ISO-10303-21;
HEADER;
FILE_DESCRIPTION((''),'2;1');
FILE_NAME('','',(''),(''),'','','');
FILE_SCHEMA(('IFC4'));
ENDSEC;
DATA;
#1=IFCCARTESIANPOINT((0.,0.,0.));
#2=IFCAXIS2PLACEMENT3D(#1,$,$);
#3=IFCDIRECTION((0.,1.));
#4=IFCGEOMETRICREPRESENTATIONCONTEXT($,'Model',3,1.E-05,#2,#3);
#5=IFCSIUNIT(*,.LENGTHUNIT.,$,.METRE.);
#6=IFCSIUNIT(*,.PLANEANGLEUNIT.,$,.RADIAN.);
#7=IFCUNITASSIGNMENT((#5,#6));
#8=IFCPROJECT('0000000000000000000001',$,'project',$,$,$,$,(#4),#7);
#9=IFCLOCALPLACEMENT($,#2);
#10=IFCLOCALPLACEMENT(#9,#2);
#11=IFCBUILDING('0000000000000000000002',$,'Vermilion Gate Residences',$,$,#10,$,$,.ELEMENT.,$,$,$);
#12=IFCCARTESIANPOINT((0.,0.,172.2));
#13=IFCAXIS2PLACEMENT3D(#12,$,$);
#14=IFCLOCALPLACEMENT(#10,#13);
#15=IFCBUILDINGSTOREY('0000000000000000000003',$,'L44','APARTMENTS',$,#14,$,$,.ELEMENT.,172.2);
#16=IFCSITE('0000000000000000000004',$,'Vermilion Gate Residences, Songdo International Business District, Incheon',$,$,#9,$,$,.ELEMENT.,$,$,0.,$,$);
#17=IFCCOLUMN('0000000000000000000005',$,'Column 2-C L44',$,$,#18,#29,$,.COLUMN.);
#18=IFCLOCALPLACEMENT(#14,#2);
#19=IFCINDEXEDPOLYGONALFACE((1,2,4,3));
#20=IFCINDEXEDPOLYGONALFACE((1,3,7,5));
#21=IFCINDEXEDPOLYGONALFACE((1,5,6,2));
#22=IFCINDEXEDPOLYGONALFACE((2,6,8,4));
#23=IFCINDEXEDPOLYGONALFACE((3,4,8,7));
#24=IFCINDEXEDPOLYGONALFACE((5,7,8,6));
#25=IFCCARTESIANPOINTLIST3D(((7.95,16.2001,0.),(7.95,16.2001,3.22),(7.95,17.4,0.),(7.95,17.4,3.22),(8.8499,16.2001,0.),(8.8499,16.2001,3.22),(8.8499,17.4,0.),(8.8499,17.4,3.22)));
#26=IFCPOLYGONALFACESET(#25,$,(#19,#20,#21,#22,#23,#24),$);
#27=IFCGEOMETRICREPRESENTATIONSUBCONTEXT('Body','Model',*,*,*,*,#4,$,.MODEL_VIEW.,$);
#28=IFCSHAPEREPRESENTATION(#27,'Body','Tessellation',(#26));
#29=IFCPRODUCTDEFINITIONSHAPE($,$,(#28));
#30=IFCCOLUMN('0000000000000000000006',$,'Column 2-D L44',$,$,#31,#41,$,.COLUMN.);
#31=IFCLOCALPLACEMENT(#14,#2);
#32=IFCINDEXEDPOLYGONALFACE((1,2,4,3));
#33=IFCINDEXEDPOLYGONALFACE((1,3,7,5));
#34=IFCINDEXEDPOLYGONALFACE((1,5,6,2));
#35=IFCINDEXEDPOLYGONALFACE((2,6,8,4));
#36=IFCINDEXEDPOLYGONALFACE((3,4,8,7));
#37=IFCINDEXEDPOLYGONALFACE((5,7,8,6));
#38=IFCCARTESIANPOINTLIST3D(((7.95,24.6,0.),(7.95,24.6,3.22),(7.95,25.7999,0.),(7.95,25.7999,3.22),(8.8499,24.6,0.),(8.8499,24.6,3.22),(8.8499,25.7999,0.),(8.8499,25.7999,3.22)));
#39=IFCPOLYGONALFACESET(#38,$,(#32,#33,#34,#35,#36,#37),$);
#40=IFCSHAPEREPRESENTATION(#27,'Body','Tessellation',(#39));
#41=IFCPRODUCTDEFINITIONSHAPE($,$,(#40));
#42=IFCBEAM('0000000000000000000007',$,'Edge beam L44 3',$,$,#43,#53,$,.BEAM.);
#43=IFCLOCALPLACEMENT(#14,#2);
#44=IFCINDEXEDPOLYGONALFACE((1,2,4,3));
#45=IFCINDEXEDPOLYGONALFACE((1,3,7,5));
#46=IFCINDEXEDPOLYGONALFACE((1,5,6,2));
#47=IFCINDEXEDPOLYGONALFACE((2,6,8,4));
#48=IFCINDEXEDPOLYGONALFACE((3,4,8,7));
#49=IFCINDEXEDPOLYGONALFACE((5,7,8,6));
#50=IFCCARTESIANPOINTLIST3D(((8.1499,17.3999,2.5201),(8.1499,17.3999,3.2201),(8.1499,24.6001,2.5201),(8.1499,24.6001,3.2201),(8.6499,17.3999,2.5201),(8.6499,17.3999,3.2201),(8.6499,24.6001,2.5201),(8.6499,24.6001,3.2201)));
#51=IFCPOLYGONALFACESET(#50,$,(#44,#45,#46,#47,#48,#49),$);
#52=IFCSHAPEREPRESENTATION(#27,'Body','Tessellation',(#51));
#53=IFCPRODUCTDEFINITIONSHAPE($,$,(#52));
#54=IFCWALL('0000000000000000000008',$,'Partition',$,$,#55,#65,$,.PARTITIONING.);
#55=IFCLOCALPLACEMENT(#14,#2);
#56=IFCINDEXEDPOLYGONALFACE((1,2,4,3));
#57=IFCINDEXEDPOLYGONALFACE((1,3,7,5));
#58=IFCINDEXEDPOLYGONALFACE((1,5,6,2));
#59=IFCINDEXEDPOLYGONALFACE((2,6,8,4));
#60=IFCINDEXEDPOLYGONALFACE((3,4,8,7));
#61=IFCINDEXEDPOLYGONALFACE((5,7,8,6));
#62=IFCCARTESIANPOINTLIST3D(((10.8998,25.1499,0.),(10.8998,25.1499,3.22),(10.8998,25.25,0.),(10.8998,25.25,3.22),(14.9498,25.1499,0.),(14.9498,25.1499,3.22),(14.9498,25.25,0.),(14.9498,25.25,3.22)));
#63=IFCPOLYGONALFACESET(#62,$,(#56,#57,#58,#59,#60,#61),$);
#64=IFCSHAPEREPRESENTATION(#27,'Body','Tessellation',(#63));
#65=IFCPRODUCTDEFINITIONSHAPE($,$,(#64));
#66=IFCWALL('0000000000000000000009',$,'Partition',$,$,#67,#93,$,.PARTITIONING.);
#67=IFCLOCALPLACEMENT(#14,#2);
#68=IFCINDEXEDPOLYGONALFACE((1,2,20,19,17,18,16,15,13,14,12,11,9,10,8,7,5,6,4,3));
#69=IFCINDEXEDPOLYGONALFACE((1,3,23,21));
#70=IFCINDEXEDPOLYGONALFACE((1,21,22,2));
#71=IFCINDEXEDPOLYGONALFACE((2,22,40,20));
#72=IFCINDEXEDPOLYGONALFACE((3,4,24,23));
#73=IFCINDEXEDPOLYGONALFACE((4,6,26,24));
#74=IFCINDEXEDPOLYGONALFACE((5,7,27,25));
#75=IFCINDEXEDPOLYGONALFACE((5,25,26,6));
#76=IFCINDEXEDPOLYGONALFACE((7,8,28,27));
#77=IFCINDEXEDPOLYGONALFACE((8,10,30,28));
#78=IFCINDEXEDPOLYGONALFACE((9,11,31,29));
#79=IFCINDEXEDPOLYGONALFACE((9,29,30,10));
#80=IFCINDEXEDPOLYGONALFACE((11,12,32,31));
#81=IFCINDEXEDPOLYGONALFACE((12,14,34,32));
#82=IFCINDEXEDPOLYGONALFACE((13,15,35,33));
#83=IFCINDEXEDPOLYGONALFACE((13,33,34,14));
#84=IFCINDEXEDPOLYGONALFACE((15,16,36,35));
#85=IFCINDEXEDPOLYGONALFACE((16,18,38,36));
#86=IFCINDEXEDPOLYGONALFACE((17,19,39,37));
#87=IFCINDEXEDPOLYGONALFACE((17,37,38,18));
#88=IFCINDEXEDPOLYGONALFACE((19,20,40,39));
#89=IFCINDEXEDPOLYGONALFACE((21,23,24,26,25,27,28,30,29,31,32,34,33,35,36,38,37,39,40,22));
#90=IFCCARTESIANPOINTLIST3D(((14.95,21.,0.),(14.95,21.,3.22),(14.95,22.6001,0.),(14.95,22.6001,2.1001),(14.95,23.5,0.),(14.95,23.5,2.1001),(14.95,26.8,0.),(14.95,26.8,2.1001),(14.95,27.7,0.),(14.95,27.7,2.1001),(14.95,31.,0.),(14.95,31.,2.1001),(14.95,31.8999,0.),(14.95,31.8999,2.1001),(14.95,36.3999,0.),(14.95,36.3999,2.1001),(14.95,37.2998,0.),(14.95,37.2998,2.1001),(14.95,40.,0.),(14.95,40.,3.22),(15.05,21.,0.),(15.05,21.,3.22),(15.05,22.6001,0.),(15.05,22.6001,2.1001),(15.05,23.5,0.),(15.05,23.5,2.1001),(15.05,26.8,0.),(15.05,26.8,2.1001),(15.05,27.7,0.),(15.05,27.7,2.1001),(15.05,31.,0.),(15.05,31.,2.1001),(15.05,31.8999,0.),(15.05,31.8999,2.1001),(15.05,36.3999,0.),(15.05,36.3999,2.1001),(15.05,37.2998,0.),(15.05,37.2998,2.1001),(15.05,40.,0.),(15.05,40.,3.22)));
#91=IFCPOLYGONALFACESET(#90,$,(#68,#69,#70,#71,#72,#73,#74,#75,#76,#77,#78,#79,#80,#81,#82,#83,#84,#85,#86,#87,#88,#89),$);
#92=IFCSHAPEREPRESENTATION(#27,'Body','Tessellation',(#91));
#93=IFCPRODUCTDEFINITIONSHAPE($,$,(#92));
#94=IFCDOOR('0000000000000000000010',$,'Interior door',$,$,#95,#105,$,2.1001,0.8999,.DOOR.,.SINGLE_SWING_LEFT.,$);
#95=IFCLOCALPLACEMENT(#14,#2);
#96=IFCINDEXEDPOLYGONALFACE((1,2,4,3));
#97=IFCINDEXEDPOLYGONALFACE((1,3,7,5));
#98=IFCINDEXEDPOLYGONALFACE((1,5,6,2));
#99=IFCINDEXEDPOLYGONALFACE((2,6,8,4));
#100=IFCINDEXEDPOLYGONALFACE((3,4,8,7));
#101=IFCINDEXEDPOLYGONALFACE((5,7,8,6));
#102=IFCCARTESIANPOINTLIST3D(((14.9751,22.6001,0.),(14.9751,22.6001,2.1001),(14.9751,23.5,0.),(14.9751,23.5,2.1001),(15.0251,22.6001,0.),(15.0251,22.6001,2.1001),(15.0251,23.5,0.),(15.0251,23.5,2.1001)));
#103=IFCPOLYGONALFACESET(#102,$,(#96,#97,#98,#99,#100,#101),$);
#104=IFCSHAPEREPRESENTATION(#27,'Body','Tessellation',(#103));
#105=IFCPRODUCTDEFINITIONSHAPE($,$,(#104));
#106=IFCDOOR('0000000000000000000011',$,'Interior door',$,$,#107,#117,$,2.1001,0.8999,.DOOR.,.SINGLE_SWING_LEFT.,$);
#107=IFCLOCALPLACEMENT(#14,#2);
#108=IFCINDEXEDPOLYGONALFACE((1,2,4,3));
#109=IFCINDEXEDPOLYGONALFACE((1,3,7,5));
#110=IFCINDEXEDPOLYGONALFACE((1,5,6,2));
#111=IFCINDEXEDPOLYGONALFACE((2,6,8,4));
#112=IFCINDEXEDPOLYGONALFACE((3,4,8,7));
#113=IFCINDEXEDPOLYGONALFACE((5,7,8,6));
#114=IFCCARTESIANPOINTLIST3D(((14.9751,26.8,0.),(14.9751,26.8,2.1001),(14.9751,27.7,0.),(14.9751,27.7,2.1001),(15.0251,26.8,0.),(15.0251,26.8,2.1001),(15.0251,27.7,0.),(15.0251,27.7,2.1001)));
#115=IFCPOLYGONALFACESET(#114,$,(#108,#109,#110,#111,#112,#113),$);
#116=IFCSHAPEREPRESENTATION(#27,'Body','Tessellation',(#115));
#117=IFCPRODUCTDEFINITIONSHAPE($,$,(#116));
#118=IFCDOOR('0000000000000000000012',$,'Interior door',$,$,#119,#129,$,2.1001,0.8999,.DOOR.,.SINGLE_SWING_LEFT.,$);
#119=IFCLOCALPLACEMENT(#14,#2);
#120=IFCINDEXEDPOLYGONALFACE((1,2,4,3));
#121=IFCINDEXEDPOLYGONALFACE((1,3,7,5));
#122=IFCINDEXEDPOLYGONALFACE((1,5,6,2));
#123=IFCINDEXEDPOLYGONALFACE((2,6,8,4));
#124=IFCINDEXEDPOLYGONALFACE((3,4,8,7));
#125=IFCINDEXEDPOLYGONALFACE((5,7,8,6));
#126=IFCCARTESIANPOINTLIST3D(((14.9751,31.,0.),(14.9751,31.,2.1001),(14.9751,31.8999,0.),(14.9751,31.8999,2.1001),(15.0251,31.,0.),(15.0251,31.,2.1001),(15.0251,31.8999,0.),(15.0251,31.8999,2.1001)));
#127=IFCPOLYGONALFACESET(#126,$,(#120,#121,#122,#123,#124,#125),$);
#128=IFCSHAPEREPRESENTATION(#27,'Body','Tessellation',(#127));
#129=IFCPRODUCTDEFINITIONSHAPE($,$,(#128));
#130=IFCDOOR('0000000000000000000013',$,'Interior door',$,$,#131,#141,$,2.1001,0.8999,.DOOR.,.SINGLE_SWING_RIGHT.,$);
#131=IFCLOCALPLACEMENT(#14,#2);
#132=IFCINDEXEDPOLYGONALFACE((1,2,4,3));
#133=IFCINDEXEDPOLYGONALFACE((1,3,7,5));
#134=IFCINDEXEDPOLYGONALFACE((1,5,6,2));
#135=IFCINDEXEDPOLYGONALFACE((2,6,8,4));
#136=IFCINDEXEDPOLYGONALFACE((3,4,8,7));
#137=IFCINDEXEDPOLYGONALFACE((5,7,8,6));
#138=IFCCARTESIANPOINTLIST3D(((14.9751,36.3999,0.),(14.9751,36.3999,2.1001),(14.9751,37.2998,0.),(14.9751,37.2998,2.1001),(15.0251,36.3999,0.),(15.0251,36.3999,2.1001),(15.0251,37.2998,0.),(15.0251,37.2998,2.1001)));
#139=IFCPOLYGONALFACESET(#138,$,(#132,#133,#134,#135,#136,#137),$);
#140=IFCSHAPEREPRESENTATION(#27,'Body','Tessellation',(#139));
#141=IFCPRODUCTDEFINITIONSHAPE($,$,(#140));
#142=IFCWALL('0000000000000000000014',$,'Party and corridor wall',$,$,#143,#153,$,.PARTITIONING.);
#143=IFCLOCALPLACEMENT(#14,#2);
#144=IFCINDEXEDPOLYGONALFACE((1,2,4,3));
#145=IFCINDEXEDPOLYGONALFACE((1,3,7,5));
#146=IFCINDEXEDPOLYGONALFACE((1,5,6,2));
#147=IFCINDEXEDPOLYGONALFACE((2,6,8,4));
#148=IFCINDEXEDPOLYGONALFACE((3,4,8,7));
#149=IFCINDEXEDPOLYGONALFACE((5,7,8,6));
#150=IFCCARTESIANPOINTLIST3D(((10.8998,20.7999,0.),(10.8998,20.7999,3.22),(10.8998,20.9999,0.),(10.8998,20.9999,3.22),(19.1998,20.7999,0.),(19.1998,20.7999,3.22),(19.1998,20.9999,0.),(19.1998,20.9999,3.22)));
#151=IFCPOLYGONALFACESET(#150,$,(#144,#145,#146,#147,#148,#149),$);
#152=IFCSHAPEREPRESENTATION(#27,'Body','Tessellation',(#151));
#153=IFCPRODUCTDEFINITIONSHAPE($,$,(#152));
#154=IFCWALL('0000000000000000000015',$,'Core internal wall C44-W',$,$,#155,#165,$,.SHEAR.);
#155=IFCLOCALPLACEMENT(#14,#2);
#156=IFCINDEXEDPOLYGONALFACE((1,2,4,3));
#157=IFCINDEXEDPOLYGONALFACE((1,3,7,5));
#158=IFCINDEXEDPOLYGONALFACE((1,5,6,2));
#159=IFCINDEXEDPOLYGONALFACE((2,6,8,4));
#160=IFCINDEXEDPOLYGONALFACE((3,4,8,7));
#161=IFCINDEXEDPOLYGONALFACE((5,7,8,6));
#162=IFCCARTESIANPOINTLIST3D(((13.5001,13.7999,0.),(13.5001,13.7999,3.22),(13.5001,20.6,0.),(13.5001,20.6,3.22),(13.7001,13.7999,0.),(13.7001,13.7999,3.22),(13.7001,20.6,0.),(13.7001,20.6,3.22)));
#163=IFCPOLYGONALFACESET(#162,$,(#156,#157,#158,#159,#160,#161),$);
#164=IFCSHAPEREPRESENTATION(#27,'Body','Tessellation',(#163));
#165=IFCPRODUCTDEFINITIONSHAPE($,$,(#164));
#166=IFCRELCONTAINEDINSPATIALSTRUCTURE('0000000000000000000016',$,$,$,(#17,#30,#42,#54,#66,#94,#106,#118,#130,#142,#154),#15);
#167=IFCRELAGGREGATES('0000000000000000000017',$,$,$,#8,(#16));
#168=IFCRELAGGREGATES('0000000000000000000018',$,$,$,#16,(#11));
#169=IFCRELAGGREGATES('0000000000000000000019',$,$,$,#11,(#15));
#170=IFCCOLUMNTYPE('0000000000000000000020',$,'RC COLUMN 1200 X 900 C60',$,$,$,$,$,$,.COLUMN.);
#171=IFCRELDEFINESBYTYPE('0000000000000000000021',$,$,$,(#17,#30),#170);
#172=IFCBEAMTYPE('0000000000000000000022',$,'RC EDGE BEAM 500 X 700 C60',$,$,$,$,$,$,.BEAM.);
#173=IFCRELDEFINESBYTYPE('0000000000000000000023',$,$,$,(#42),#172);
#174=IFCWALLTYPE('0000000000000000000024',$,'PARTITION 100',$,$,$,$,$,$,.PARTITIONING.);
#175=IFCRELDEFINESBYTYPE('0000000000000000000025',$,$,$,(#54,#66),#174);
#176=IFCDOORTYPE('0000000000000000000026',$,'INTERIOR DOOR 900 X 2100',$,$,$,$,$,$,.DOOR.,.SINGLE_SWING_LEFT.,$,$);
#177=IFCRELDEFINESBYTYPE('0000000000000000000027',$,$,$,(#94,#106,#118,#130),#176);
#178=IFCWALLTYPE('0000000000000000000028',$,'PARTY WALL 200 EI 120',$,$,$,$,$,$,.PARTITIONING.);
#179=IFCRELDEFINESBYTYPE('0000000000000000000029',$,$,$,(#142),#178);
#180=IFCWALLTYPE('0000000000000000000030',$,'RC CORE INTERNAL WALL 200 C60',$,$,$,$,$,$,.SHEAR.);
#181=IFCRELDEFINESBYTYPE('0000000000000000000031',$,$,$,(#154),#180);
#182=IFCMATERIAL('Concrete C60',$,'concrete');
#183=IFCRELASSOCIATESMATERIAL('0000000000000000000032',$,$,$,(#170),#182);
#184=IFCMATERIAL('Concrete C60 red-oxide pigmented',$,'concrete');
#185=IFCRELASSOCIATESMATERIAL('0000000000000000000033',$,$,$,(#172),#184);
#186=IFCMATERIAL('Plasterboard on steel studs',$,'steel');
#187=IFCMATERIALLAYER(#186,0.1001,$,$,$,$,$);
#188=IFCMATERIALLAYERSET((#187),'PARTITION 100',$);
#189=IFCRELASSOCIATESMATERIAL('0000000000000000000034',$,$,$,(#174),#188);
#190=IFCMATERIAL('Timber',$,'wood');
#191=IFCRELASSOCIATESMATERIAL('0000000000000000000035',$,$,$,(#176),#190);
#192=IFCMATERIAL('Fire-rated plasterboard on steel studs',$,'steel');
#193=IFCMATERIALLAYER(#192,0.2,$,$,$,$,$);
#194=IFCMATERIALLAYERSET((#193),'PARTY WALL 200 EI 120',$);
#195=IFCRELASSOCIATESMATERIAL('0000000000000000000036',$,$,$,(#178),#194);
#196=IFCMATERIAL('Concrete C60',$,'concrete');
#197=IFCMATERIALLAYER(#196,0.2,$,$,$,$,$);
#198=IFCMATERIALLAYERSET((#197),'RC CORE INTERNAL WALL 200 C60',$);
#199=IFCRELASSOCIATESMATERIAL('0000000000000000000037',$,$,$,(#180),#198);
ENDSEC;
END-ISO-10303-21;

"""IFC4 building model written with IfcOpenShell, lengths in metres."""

from ifc_helpers import new_model, si_unit, direction, frame, frame_2d, origin, origin_2d, place, context, subcontext, project, spatial, rectangle, extrude, material, layer, layer_set, material_profile, profile_set, type_object, element, fill, save


model = new_model("IFC4")

# Units and contexts
model_context = context("Model", 3, precision=1e-05, world=origin(), true_north=direction((0.0, 1.0)))
body_context = subcontext(model_context, "Body", "Model", "MODEL_VIEW")
ifc_project = project(units=[si_unit("LENGTHUNIT", "METRE"), si_unit("PLANEANGLEUNIT", "RADIAN")], contexts=[model_context])

# Site, building, storey
site_placement = place(None, origin())
site = spatial("IfcSite", under=ifc_project, at=site_placement, Name="Vermilion Gate Residences, Songdo International Business District, Incheon", CompositionType="ELEMENT", RefElevation=0.0)
building_placement = place(site_placement, origin())
building = spatial("IfcBuilding", under=site, at=building_placement, Name="Vermilion Gate Residences", CompositionType="ELEMENT")
storey_placement = place(building_placement, frame((0.0, 0.0, 172.2)))
storey = spatial("IfcBuildingStorey", under=building, at=storey_placement, Name="L44", Description="APARTMENTS", CompositionType="ELEMENT", Elevation=172.2)

# Columns
ifc_material_1 = material(Name="Concrete C60", Category="concrete")
ifc_material_profile_1 = material_profile(ifc_material_1, rectangle(XDim=1.2, YDim=0.8999, at=origin_2d()), Name="RC-1200x900")
ifc_profile_set_1 = profile_set([ifc_material_profile_1], Name="Concrete C60")
column_type = type_object("IfcColumnType", Name="RC COLUMN 1200 X 900 C60", PredefinedType="COLUMN", material=ifc_profile_set_1)
for number, where, z_axis, x_axis, name in (
    (1, (8.3999, 16.8, 0.0), (0.0, 0.0, 1.0), (0.0, 1.0, 0.0), "Column 2-C L44"),
    (2, (8.3999, 25.2, 0.0), (0.0, 0.0, 1.0), (0.0, 1.0, 0.0), "Column 2-D L44"),
):
    element("IfcColumn", number, at=place(storey_placement, frame(where, z_axis=z_axis, x_axis=x_axis)), inside=storey, type_object=column_type, Name=name, PredefinedType="COLUMN", context=body_context, shape_type="SweptSolid", body=[
        extrude(rectangle(XDim=1.2, YDim=0.8999, at=origin_2d()), origin(), (0.0, 0.0, 1.0), 3.22),
    ])

# Beam
ifc_material_2 = material(Name="Concrete C60 red-oxide pigmented", Category="concrete")
ifc_material_profile_2 = material_profile(ifc_material_2, rectangle(XDim=0.5, YDim=0.7, at=origin_2d()), Name="RC-500x700")
ifc_profile_set_2 = profile_set([ifc_material_profile_2], Name="Concrete C60 red-oxide pigmented")
beam_type = type_object("IfcBeamType", Name="RC EDGE BEAM 500 X 700 C60", PredefinedType="BEAM", material=ifc_profile_set_2)
beam_placement = place(storey_placement, frame((8.3999, 17.3999, 2.8701), z_axis=(0.0, 1.0, 0.0), x_axis=(-1.0, 0.0, 0.0)))
element("IfcBeam", 3, at=beam_placement, inside=storey, type_object=beam_type, Name="Edge beam L44 3", PredefinedType="BEAM", context=body_context, shape_type="SweptSolid", body=[
    extrude(rectangle(XDim=0.5, YDim=0.7, at=origin_2d()), origin(), (0.0, 0.0, 1.0), 7.2002),
])

# Wall
ifc_material_3 = material(Name="Plasterboard on steel studs", Category="steel")
ifc_layer_1 = layer(ifc_material_3, 0.1001)
ifc_layer_set_1 = layer_set([ifc_layer_1], Name="PARTITION 100")
wall_type_1 = type_object("IfcWallType", Name="PARTITION 100", PredefinedType="PARTITIONING", material=ifc_layer_set_1)
wall_1_placement = place(storey_placement, frame((10.8999, 25.2, 0.0), z_axis=(0.0, 0.0, 1.0), x_axis=(1.0, 0.0, 0.0)))
element("IfcWall", 4, at=wall_1_placement, inside=storey, type_object=wall_type_1, Name="Partition", PredefinedType="PARTITIONING", context=body_context, shape_type="SweptSolid", body=[
    extrude(rectangle(XDim=4.05, YDim=0.1001, at=frame_2d((2.0249, 0.0))), origin(), (0.0, 0.0, 1.0), 3.22),
])

# Wall, openings, doors
wall_2_placement = place(storey_placement, frame((15.0, 21.0, 0.0), z_axis=(0.0, 0.0, 1.0), x_axis=(0.0, 1.0, 0.0)))
wall_2 = element("IfcWall", 5, at=wall_2_placement, inside=storey, type_object=wall_type_1, Name="Partition", PredefinedType="PARTITIONING", context=body_context, shape_type="SweptSolid", body=[
    extrude(rectangle(XDim=19.0, YDim=0.1001, at=frame_2d((9.5, 0.0))), origin(), (0.0, 0.0, 1.0), 3.22),
])
opening_1_placement = place(wall_2_placement, frame((1.6001, 0.0, 0.0)))
opening_1 = element("IfcOpeningElement", 6, at=opening_1_placement, cuts=wall_2, PredefinedType="OPENING", context=body_context, shape_type="SweptSolid", body=[
    extrude(rectangle(XDim=0.8999, YDim=2.1001, at=frame_2d((0.45, 1.05))), frame((0.0, 0.0601, 0.0), z_axis=(0.0, -1.0, 0.0), x_axis=(1.0, 0.0, 0.0)), (0.0, 0.0, 1.0), 0.1201),
])
opening_2_placement = place(wall_2_placement, frame((5.8, 0.0, 0.0)))
opening_2 = element("IfcOpeningElement", 7, at=opening_2_placement, cuts=wall_2, PredefinedType="OPENING", context=body_context, shape_type="SweptSolid", body=[
    extrude(rectangle(XDim=0.8999, YDim=2.1001, at=frame_2d((0.45, 1.05))), frame((0.0, 0.0601, 0.0), z_axis=(0.0, -1.0, 0.0), x_axis=(1.0, 0.0, 0.0)), (0.0, 0.0, 1.0), 0.1201),
])
opening_3_placement = place(wall_2_placement, frame((10.0, 0.0, 0.0)))
opening_3 = element("IfcOpeningElement", 8, at=opening_3_placement, cuts=wall_2, PredefinedType="OPENING", context=body_context, shape_type="SweptSolid", body=[
    extrude(rectangle(XDim=0.8999, YDim=2.1001, at=frame_2d((0.45, 1.05))), frame((0.0, 0.0601, 0.0), z_axis=(0.0, -1.0, 0.0), x_axis=(1.0, 0.0, 0.0)), (0.0, 0.0, 1.0), 0.1201),
])
opening_4_placement = place(wall_2_placement, frame((15.3999, 0.0, 0.0)))
opening_4 = element("IfcOpeningElement", 9, at=opening_4_placement, cuts=wall_2, PredefinedType="OPENING", context=body_context, shape_type="SweptSolid", body=[
    extrude(rectangle(XDim=0.8999, YDim=2.1001, at=frame_2d((0.45, 1.05))), frame((0.0, 0.0601, 0.0), z_axis=(0.0, -1.0, 0.0), x_axis=(1.0, 0.0, 0.0)), (0.0, 0.0, 1.0), 0.1201),
])
ifc_material_4 = material(Name="Timber", Category="wood")
door_type_1 = type_object("IfcDoorType", Name="INTERIOR DOOR 900 X 2100", OperationType="SINGLE_SWING_LEFT", PredefinedType="DOOR", material=ifc_material_4)
door_1_placement = place(opening_1_placement, origin())
door_1 = element("IfcDoor", 10, at=door_1_placement, inside=storey, type_object=door_type_1, Name="Interior door", OperationType="SINGLE_SWING_LEFT", OverallHeight=2.1001, OverallWidth=0.8999, PredefinedType="DOOR", context=body_context, shape_type="SweptSolid", body=[
    extrude(rectangle(XDim=0.8999, YDim=2.1001, at=frame_2d((0.45, 1.05))), frame((0.0, 0.0249, 0.0), z_axis=(0.0, -1.0, 0.0), x_axis=(1.0, 0.0, 0.0)), (0.0, 0.0, 1.0), 0.05),
])
fill(opening_1, door_1)
door_2_placement = place(opening_2_placement, origin())
door_2 = element("IfcDoor", 11, at=door_2_placement, inside=storey, type_object=door_type_1, Name="Interior door", OperationType="SINGLE_SWING_LEFT", OverallHeight=2.1001, OverallWidth=0.8999, PredefinedType="DOOR", context=body_context, shape_type="SweptSolid", body=[
    extrude(rectangle(XDim=0.8999, YDim=2.1001, at=frame_2d((0.45, 1.05))), frame((0.0, 0.0249, 0.0), z_axis=(0.0, -1.0, 0.0), x_axis=(1.0, 0.0, 0.0)), (0.0, 0.0, 1.0), 0.05),
])
fill(opening_2, door_2)
door_3_placement = place(opening_3_placement, origin())
door_3 = element("IfcDoor", 12, at=door_3_placement, inside=storey, type_object=door_type_1, Name="Interior door", OperationType="SINGLE_SWING_LEFT", OverallHeight=2.1001, OverallWidth=0.8999, PredefinedType="DOOR", context=body_context, shape_type="SweptSolid", body=[
    extrude(rectangle(XDim=0.8999, YDim=2.1001, at=frame_2d((0.45, 1.05))), frame((0.0, 0.0249, 0.0), z_axis=(0.0, -1.0, 0.0), x_axis=(1.0, 0.0, 0.0)), (0.0, 0.0, 1.0), 0.05),
])
fill(opening_3, door_3)
door_4_placement = place(opening_4_placement, origin())
door_4 = element("IfcDoor", 13, at=door_4_placement, inside=storey, type_object=door_type_1, Name="Interior door", OperationType="SINGLE_SWING_RIGHT", OverallHeight=2.1001, OverallWidth=0.8999, PredefinedType="DOOR", context=body_context, shape_type="SweptSolid", body=[
    extrude(rectangle(XDim=0.8999, YDim=2.1001, at=frame_2d((0.45, 1.05))), frame((0.0, 0.0249, 0.0), z_axis=(0.0, -1.0, 0.0), x_axis=(1.0, 0.0, 0.0)), (0.0, 0.0, 1.0), 0.05),
])
fill(opening_4, door_4)

# Walls
ifc_material_5 = material(Name="Fire-rated plasterboard on steel studs", Category="steel")
ifc_layer_2 = layer(ifc_material_5, 0.2)
ifc_layer_set_2 = layer_set([ifc_layer_2], Name="PARTY WALL 200 EI 120")
wall_type_2 = type_object("IfcWallType", Name="PARTY WALL 200 EI 120", PredefinedType="PARTITIONING", material=ifc_layer_set_2)
wall_3_placement = place(storey_placement, frame((10.8999, 20.8999, 0.0), z_axis=(0.0, 0.0, 1.0), x_axis=(1.0, 0.0, 0.0)))
element("IfcWall", 14, at=wall_3_placement, inside=storey, type_object=wall_type_2, Name="Party and corridor wall", PredefinedType="PARTITIONING", context=body_context, shape_type="SweptSolid", body=[
    extrude(rectangle(XDim=8.3, YDim=0.2, at=frame_2d((4.1499, 0.0))), origin(), (0.0, 0.0, 1.0), 3.22),
])
ifc_material_6 = material(Name="Concrete C60", Category="concrete")
ifc_layer_3 = layer(ifc_material_6, 0.2)
ifc_layer_set_3 = layer_set([ifc_layer_3], Name="RC CORE INTERNAL WALL 200 C60")
wall_type_3 = type_object("IfcWallType", Name="RC CORE INTERNAL WALL 200 C60", PredefinedType="SHEAR", material=ifc_layer_set_3)
wall_4_placement = place(storey_placement, frame((13.6001, 13.8, 0.0), z_axis=(0.0, 0.0, 1.0), x_axis=(0.0, 1.0, 0.0)))
element("IfcWall", 15, at=wall_4_placement, inside=storey, type_object=wall_type_3, Name="Core internal wall C44-W", PredefinedType="SHEAR", context=body_context, shape_type="SweptSolid", body=[
    extrude(rectangle(XDim=6.8, YDim=0.2, at=frame_2d((3.3999, 0.0))), origin(), (0.0, 0.0, 1.0), 3.22),
])

save(model, "model.ifc")
